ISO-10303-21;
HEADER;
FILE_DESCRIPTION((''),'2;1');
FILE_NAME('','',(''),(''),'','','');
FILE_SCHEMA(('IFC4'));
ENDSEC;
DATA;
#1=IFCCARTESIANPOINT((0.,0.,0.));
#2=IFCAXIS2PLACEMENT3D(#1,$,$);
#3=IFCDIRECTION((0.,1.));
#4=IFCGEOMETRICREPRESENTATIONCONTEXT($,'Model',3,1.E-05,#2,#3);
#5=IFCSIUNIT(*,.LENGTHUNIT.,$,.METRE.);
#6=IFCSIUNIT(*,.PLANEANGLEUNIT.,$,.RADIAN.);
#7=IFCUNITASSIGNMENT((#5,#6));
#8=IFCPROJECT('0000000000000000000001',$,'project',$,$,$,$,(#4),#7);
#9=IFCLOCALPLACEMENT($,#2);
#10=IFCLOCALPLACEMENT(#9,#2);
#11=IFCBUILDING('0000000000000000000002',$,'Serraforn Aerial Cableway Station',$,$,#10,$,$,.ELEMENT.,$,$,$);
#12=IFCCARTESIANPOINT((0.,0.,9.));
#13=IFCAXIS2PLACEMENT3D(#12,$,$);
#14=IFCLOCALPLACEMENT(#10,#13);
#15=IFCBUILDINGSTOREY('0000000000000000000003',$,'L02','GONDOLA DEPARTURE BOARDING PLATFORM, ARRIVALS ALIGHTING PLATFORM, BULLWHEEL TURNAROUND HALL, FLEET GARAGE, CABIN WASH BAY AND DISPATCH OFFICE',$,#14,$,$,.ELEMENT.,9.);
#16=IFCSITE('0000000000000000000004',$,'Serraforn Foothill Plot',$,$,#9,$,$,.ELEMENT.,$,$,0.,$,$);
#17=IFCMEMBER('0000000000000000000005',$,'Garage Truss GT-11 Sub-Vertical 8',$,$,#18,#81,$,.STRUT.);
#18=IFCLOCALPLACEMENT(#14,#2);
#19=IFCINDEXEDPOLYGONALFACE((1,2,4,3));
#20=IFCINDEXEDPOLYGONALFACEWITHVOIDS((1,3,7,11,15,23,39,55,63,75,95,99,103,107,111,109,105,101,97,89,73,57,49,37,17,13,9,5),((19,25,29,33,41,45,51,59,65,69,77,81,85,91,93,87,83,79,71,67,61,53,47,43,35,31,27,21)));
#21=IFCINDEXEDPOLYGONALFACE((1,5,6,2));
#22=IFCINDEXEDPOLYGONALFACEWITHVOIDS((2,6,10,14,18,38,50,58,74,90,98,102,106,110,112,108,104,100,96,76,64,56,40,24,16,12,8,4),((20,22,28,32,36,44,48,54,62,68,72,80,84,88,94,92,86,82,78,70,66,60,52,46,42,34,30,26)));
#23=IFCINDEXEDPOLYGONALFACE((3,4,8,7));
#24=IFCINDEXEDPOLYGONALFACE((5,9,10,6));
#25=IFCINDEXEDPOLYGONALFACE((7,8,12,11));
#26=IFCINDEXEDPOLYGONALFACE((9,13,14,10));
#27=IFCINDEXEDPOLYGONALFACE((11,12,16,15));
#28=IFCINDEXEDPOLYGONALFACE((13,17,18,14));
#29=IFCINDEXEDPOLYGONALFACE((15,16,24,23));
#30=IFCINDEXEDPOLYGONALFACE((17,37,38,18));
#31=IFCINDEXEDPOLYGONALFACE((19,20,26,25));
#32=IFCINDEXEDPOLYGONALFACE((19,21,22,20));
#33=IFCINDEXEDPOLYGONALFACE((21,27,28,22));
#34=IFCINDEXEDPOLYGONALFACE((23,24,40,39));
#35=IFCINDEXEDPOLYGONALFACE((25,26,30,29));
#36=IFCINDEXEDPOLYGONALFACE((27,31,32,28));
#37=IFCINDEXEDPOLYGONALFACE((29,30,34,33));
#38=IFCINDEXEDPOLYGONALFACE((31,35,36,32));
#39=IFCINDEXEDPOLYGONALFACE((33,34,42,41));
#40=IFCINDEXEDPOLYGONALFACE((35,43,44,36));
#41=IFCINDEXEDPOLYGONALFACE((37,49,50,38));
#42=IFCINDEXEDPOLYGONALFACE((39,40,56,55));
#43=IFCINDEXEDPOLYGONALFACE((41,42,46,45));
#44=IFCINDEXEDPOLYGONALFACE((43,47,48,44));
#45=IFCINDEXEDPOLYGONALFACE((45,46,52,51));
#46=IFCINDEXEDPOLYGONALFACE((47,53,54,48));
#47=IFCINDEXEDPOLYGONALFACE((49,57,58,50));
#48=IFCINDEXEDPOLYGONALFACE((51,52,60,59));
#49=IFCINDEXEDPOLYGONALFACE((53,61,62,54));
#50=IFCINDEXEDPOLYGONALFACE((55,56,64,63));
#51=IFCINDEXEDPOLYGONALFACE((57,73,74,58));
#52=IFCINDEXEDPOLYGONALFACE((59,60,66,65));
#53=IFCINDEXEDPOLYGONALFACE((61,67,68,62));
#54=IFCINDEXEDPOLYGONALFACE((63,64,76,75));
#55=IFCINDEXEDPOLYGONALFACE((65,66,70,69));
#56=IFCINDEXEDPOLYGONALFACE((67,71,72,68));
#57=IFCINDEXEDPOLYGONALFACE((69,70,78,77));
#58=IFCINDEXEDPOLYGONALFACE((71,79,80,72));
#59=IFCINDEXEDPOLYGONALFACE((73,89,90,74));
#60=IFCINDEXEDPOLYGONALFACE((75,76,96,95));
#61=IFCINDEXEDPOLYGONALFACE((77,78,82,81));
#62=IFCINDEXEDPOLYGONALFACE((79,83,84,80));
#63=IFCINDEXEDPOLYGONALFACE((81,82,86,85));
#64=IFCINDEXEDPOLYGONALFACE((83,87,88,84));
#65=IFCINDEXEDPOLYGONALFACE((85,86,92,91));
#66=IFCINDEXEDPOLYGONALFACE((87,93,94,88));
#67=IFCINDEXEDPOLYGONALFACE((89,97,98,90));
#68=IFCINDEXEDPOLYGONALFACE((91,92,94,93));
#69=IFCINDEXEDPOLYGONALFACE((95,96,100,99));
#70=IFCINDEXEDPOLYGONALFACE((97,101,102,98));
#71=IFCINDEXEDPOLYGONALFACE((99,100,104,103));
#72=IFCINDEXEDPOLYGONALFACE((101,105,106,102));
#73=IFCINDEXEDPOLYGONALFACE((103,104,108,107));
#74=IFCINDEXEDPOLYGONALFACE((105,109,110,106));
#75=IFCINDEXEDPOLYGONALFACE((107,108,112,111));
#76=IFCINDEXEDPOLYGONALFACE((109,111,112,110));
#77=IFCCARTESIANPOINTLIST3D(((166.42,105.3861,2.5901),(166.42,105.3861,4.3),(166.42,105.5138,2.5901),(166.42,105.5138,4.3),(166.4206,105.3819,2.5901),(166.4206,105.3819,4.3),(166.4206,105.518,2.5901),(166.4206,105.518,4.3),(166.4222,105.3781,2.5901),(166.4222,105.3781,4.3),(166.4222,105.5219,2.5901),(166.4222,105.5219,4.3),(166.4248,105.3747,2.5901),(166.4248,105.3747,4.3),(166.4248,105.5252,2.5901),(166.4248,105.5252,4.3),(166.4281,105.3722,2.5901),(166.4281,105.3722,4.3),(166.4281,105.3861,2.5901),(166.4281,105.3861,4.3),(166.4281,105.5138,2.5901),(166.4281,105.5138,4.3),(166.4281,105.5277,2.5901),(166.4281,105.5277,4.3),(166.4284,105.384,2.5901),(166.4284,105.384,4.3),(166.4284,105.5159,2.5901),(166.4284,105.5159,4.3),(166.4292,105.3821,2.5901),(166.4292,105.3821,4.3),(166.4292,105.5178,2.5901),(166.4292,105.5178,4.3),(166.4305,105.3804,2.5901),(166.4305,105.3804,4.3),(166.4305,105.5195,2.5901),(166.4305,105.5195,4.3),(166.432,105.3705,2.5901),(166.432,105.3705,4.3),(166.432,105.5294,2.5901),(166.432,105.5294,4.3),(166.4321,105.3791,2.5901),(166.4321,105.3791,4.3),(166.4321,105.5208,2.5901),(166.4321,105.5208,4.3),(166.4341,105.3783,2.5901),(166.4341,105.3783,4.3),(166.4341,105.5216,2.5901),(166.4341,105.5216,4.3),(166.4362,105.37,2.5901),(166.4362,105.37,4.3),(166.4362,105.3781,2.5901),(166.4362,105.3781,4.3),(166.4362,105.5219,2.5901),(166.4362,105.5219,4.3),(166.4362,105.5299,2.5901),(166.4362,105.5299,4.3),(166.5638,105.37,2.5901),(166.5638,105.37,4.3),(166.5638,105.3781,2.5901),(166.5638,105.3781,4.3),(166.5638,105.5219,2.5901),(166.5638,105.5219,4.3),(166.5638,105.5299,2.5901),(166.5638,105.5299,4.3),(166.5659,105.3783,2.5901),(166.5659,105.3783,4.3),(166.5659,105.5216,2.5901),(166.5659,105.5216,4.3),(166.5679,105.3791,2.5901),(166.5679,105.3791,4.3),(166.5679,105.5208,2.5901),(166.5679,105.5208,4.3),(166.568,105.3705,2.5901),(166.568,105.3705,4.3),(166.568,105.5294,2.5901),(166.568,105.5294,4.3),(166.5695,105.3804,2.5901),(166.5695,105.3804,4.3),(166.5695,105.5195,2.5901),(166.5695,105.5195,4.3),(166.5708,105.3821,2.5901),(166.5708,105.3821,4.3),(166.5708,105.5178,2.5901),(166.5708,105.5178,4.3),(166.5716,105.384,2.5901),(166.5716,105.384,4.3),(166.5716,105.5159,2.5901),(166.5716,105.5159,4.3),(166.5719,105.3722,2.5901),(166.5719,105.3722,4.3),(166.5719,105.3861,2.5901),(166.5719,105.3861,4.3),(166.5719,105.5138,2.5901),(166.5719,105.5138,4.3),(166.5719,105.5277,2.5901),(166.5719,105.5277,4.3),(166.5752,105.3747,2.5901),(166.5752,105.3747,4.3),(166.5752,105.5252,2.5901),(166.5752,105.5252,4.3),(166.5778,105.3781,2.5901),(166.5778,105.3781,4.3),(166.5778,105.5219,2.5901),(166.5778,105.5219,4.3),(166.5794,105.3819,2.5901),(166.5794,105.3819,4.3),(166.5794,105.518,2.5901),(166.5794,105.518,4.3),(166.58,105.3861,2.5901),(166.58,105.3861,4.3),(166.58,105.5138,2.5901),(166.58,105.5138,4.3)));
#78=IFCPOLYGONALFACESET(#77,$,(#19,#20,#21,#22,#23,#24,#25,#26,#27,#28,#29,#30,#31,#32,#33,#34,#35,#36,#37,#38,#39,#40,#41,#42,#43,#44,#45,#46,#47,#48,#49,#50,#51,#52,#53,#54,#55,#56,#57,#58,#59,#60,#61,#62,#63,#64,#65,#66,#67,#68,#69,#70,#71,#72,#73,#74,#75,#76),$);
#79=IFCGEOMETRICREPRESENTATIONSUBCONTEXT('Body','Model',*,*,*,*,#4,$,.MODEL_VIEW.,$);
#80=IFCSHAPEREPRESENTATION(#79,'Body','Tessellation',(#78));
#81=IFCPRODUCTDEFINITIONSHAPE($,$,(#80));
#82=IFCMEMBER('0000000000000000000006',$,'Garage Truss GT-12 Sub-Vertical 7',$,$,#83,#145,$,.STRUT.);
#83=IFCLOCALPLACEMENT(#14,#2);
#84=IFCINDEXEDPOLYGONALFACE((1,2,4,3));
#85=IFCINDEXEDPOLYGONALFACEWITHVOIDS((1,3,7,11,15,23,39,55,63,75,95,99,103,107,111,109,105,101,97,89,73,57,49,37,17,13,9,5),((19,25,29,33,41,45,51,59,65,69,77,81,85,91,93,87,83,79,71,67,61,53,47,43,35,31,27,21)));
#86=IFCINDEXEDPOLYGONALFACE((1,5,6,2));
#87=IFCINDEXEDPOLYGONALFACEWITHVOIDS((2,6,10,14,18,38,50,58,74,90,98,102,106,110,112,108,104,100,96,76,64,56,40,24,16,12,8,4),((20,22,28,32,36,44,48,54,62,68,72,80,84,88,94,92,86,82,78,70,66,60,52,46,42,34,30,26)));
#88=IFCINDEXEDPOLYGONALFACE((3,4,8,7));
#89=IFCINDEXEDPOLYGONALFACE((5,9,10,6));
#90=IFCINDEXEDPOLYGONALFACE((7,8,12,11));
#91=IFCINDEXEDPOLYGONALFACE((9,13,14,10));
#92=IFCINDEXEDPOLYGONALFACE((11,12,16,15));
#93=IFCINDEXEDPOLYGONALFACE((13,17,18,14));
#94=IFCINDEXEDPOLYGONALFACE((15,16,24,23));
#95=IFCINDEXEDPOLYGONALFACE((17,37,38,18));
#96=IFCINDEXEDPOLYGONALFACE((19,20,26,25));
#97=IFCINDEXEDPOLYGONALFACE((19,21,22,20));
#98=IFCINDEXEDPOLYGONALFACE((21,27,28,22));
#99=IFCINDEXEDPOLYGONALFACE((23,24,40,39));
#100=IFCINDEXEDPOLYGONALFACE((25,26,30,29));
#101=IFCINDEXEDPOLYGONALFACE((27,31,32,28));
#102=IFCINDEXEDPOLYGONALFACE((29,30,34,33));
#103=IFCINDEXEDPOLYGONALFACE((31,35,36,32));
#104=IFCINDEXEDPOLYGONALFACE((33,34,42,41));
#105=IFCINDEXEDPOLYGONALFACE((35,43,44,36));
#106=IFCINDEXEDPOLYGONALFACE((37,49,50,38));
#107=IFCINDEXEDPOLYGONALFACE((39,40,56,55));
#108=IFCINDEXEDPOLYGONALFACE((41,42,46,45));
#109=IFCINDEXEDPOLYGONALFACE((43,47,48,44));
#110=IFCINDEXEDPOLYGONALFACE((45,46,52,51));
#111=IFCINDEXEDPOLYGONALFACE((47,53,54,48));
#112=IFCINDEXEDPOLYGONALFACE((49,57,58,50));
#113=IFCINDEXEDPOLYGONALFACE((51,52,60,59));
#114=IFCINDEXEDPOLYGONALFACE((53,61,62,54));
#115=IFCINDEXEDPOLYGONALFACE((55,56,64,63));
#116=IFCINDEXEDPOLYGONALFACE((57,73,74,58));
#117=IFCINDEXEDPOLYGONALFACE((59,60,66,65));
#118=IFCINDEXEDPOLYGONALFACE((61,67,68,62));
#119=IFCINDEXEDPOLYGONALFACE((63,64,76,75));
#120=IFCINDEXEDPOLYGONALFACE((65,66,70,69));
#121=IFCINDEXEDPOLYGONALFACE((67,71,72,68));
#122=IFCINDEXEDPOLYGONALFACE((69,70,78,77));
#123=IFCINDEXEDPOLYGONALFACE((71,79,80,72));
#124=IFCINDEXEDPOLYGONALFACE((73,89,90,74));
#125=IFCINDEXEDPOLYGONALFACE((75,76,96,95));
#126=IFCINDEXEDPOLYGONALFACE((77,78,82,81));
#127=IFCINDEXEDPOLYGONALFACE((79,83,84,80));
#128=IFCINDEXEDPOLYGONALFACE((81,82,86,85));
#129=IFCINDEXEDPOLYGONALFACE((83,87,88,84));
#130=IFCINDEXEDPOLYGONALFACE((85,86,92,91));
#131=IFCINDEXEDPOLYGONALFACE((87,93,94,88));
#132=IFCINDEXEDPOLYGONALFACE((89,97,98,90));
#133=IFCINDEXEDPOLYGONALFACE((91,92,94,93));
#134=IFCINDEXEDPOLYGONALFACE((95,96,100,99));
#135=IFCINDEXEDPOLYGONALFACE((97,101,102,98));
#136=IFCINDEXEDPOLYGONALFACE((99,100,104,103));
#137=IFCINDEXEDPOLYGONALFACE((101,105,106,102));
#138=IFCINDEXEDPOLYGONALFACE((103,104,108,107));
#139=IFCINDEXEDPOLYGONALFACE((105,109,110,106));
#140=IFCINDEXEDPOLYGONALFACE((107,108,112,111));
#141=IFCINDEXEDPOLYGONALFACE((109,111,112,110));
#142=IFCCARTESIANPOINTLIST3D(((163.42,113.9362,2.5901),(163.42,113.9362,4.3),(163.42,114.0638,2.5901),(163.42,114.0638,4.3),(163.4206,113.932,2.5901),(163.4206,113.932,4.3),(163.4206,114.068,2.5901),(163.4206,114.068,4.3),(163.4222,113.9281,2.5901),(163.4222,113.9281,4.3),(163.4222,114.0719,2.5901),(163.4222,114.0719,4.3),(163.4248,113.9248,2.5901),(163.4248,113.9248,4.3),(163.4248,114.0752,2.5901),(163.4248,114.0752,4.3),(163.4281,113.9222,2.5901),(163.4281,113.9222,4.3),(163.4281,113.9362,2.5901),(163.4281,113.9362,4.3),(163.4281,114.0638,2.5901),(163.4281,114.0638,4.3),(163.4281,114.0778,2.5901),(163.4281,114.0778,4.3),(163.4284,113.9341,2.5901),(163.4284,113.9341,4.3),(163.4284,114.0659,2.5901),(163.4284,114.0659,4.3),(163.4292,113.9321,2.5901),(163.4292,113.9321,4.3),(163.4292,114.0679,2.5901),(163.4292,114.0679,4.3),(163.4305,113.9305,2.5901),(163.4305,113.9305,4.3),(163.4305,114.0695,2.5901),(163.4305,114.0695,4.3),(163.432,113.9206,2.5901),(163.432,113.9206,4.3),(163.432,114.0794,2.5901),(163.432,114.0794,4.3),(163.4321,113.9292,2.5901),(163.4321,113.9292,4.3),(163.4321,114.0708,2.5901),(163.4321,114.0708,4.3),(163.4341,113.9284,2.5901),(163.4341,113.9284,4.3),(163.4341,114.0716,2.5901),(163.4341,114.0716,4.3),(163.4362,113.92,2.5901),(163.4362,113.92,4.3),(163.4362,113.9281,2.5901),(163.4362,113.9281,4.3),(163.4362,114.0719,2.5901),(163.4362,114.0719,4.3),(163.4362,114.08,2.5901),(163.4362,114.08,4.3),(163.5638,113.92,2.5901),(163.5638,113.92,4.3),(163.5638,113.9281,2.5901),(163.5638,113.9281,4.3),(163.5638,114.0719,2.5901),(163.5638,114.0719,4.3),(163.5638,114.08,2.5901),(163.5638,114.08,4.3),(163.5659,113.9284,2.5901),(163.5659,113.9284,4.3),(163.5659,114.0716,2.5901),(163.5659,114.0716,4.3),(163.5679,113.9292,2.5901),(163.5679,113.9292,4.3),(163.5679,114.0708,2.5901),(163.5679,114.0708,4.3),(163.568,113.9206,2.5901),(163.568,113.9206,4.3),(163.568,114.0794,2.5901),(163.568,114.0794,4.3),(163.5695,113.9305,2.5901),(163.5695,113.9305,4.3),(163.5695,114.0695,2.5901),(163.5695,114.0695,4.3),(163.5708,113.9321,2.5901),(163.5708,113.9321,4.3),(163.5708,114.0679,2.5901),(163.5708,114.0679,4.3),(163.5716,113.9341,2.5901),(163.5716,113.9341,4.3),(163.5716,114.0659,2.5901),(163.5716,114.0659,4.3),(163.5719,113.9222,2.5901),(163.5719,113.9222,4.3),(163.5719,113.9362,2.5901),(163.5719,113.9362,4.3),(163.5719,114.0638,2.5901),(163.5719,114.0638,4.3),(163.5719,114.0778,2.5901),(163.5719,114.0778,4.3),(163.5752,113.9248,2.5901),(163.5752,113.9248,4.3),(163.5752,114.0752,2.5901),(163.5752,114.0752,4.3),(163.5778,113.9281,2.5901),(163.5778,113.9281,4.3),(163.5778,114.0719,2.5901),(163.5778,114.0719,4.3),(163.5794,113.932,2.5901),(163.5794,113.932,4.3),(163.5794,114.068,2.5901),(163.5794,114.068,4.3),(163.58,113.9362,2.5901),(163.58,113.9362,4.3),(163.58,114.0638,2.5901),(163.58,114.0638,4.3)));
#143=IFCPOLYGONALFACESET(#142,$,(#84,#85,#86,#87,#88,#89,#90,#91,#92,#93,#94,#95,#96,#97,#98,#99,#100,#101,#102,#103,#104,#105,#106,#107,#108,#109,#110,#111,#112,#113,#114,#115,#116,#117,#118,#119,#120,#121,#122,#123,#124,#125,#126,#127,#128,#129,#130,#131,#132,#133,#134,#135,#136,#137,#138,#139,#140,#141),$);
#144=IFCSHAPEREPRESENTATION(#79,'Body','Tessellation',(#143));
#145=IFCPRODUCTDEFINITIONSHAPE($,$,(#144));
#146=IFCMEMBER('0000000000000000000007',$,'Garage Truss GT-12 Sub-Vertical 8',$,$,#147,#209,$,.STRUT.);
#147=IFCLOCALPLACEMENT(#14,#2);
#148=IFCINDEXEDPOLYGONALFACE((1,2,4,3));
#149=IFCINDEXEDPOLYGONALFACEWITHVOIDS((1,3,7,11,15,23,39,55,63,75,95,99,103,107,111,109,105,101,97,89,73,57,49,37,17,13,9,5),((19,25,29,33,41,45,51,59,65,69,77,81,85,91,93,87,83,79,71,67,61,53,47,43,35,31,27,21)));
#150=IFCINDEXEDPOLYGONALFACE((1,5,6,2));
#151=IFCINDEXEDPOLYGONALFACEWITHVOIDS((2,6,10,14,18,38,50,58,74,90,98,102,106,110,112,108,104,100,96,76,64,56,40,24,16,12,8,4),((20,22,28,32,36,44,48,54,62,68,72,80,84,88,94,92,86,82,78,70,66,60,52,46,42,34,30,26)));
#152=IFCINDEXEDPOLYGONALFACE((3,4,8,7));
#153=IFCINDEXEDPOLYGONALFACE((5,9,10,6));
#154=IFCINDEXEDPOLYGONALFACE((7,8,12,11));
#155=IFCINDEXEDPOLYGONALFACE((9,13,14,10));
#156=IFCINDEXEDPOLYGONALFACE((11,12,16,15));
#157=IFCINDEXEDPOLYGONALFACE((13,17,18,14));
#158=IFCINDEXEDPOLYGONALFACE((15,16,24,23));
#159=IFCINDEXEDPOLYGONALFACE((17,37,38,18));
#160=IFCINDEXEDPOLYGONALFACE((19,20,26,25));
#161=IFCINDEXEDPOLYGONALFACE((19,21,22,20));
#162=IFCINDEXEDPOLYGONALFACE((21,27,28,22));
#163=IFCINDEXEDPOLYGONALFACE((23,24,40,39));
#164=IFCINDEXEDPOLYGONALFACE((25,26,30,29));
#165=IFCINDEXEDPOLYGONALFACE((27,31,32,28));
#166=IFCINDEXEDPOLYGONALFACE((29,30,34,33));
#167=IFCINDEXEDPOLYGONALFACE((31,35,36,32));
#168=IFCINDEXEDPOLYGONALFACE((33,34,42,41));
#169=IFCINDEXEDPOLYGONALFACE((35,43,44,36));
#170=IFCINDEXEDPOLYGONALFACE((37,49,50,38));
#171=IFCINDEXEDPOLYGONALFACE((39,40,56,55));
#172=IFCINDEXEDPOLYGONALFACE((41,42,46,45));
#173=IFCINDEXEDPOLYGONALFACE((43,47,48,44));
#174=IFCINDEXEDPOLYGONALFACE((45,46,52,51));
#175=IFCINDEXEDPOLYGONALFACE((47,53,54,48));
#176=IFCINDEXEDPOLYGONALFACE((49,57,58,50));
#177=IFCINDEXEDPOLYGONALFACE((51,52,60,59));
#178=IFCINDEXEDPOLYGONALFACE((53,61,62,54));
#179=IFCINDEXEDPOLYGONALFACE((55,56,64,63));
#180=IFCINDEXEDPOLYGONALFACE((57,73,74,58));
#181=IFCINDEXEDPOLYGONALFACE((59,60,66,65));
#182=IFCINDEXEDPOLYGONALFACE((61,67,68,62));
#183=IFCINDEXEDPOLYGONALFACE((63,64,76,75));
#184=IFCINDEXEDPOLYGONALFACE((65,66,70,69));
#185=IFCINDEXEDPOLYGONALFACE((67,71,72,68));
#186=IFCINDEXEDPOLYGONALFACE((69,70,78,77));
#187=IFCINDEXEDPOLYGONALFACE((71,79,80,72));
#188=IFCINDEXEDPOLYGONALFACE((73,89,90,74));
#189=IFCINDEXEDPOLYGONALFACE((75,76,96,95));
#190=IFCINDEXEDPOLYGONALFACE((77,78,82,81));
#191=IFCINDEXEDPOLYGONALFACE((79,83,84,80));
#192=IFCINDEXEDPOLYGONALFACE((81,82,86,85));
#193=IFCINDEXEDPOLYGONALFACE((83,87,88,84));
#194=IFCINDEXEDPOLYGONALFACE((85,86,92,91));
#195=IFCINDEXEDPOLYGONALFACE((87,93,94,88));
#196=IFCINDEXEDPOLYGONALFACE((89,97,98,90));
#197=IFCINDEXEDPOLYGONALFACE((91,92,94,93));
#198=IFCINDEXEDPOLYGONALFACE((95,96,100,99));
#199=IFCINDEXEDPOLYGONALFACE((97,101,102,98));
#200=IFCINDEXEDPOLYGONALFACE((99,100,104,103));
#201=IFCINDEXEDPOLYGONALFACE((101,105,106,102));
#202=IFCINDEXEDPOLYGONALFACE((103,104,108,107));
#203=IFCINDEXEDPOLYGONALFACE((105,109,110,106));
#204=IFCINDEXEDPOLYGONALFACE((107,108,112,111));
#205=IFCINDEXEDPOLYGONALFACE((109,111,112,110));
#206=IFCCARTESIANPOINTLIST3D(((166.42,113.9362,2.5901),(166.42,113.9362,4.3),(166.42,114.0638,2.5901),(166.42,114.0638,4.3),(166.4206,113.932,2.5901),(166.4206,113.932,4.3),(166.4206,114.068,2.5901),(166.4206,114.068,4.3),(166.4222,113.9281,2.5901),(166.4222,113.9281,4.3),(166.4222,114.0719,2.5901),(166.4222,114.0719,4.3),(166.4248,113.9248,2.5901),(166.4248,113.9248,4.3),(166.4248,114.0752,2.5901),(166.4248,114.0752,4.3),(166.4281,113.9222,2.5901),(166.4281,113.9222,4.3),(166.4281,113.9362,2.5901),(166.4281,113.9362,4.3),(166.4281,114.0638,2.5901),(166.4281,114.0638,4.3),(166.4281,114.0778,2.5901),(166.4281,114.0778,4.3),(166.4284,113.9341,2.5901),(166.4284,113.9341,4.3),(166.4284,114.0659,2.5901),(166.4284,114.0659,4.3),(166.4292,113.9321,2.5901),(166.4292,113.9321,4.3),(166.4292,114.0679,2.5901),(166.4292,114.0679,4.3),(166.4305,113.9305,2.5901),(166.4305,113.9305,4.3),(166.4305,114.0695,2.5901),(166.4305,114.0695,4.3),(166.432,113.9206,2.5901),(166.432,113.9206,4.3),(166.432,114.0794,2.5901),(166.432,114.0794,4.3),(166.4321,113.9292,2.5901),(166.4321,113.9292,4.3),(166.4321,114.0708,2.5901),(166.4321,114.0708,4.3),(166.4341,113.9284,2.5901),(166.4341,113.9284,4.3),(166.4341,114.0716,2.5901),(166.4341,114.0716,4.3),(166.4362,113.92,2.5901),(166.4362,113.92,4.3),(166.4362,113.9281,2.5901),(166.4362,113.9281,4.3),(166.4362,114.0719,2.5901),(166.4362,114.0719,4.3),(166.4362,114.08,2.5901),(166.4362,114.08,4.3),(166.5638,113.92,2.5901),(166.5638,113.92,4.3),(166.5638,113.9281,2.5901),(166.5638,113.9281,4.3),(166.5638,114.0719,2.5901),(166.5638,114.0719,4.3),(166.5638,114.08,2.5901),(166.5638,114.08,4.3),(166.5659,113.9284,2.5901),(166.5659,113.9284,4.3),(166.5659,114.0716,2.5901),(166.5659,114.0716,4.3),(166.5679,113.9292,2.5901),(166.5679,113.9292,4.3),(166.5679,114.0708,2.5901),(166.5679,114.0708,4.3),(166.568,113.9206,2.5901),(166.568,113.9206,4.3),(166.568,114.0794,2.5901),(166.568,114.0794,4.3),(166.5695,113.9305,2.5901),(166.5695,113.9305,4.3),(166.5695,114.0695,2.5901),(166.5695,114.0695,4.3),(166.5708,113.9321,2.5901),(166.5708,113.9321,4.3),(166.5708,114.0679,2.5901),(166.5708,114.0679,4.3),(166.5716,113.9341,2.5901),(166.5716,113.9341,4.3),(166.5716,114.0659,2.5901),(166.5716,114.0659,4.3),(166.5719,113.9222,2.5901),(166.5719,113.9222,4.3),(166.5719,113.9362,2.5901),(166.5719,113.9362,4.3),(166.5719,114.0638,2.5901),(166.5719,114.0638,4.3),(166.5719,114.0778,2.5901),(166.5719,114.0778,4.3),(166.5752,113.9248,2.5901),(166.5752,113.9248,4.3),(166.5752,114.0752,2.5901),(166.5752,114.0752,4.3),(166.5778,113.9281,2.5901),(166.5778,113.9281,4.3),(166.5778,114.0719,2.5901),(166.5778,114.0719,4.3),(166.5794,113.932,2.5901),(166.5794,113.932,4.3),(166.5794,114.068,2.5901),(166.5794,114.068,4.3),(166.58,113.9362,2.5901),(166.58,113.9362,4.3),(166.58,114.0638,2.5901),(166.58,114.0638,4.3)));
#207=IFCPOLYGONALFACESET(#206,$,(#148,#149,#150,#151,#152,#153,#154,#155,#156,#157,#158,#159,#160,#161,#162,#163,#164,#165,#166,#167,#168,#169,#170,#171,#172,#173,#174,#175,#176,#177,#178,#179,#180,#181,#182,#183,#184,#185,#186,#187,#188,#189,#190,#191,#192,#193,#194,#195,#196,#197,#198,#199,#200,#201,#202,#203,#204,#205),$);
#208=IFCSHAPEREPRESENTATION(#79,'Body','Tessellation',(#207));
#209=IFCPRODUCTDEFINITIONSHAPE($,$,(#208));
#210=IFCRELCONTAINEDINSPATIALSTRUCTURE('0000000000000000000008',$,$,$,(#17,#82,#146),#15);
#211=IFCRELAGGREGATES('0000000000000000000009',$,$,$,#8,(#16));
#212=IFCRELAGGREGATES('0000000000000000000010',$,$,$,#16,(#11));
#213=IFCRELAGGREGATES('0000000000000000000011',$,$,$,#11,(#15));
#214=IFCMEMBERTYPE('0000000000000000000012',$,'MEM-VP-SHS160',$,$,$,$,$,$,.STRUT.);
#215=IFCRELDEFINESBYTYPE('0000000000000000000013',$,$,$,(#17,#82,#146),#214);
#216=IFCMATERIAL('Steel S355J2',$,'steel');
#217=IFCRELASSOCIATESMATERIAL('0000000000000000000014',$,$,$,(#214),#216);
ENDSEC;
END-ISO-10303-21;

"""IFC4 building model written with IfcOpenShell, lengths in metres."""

from ifc_helpers import new_model, si_unit, direction, frame, origin, origin_2d, place, context, subcontext, project, spatial, hollow_rectangle, extrude, material, material_profile, profile_set, type_object, element, save


model = new_model("IFC4")

# Units and contexts
model_context = context("Model", 3, precision=1e-05, world=origin(), true_north=direction((0.0, 1.0)))
body_context = subcontext(model_context, "Body", "Model", "MODEL_VIEW")
ifc_project = project(units=[si_unit("LENGTHUNIT", "METRE"), si_unit("PLANEANGLEUNIT", "RADIAN")], contexts=[model_context])

# Site, building, storey
site_placement = place(None, origin())
site = spatial("IfcSite", under=ifc_project, at=site_placement, Name="Serraforn Foothill Plot", CompositionType="ELEMENT", RefElevation=0.0)
building_placement = place(site_placement, origin())
building = spatial("IfcBuilding", under=site, at=building_placement, Name="Serraforn Aerial Cableway Station", CompositionType="ELEMENT")
storey_placement = place(building_placement, frame((0.0, 0.0, 9.0)))
storey = spatial("IfcBuildingStorey", under=building, at=storey_placement, Name="L02", Description="GONDOLA DEPARTURE BOARDING PLATFORM, ARRIVALS ALIGHTING PLATFORM, BULLWHEEL TURNAROUND HALL, FLEET GARAGE, CABIN WASH BAY AND DISPATCH OFFICE", CompositionType="ELEMENT", Elevation=9.0)

# Shared definitions
ifc_material_1 = material(Name="Steel S355J2", Category="steel")

# Members
ifc_material_profile_1 = material_profile(ifc_material_1, hollow_rectangle(XDim=0.1599, YDim=0.1599, WallThickness=0.0081, InnerFilletRadius=0.0081, OuterFilletRadius=0.0161, at=origin_2d()), Name="SHS 160x160x8.0")
ifc_profile_set_1 = profile_set([ifc_material_profile_1], Name="Steel S355J2")
member_type_1 = type_object("IfcMemberType", Name="MEM-VP-SHS160", PredefinedType="STRUT", material=ifc_profile_set_1)
for number, where, z_axis, x_axis, name in (
    (1, (166.5, 105.45, 2.5901), (0.0, 0.0, 1.0), (1.0, 0.0, 0.0), "Garage Truss GT-11 Sub-Vertical 8"),
    (2, (163.5, 114.0, 2.5901), (0.0, 0.0, 1.0), (1.0, 0.0, 0.0), "Garage Truss GT-12 Sub-Vertical 7"),
    (3, (166.5, 114.0, 2.5901), (0.0, 0.0, 1.0), (1.0, 0.0, 0.0), "Garage Truss GT-12 Sub-Vertical 8"),
):
    element("IfcMember", number, at=place(storey_placement, frame(where, z_axis=z_axis, x_axis=x_axis)), inside=storey, type_object=member_type_1, Name=name, PredefinedType="STRUT", context=body_context, shape_type="SweptSolid", body=[
        extrude(hollow_rectangle(XDim=0.1599, YDim=0.1599, WallThickness=0.0081, InnerFilletRadius=0.0081, OuterFilletRadius=0.0161, at=origin_2d()), origin(), (0.0, 0.0, 1.0), 1.71),
    ])

save(model, "model.ifc")
